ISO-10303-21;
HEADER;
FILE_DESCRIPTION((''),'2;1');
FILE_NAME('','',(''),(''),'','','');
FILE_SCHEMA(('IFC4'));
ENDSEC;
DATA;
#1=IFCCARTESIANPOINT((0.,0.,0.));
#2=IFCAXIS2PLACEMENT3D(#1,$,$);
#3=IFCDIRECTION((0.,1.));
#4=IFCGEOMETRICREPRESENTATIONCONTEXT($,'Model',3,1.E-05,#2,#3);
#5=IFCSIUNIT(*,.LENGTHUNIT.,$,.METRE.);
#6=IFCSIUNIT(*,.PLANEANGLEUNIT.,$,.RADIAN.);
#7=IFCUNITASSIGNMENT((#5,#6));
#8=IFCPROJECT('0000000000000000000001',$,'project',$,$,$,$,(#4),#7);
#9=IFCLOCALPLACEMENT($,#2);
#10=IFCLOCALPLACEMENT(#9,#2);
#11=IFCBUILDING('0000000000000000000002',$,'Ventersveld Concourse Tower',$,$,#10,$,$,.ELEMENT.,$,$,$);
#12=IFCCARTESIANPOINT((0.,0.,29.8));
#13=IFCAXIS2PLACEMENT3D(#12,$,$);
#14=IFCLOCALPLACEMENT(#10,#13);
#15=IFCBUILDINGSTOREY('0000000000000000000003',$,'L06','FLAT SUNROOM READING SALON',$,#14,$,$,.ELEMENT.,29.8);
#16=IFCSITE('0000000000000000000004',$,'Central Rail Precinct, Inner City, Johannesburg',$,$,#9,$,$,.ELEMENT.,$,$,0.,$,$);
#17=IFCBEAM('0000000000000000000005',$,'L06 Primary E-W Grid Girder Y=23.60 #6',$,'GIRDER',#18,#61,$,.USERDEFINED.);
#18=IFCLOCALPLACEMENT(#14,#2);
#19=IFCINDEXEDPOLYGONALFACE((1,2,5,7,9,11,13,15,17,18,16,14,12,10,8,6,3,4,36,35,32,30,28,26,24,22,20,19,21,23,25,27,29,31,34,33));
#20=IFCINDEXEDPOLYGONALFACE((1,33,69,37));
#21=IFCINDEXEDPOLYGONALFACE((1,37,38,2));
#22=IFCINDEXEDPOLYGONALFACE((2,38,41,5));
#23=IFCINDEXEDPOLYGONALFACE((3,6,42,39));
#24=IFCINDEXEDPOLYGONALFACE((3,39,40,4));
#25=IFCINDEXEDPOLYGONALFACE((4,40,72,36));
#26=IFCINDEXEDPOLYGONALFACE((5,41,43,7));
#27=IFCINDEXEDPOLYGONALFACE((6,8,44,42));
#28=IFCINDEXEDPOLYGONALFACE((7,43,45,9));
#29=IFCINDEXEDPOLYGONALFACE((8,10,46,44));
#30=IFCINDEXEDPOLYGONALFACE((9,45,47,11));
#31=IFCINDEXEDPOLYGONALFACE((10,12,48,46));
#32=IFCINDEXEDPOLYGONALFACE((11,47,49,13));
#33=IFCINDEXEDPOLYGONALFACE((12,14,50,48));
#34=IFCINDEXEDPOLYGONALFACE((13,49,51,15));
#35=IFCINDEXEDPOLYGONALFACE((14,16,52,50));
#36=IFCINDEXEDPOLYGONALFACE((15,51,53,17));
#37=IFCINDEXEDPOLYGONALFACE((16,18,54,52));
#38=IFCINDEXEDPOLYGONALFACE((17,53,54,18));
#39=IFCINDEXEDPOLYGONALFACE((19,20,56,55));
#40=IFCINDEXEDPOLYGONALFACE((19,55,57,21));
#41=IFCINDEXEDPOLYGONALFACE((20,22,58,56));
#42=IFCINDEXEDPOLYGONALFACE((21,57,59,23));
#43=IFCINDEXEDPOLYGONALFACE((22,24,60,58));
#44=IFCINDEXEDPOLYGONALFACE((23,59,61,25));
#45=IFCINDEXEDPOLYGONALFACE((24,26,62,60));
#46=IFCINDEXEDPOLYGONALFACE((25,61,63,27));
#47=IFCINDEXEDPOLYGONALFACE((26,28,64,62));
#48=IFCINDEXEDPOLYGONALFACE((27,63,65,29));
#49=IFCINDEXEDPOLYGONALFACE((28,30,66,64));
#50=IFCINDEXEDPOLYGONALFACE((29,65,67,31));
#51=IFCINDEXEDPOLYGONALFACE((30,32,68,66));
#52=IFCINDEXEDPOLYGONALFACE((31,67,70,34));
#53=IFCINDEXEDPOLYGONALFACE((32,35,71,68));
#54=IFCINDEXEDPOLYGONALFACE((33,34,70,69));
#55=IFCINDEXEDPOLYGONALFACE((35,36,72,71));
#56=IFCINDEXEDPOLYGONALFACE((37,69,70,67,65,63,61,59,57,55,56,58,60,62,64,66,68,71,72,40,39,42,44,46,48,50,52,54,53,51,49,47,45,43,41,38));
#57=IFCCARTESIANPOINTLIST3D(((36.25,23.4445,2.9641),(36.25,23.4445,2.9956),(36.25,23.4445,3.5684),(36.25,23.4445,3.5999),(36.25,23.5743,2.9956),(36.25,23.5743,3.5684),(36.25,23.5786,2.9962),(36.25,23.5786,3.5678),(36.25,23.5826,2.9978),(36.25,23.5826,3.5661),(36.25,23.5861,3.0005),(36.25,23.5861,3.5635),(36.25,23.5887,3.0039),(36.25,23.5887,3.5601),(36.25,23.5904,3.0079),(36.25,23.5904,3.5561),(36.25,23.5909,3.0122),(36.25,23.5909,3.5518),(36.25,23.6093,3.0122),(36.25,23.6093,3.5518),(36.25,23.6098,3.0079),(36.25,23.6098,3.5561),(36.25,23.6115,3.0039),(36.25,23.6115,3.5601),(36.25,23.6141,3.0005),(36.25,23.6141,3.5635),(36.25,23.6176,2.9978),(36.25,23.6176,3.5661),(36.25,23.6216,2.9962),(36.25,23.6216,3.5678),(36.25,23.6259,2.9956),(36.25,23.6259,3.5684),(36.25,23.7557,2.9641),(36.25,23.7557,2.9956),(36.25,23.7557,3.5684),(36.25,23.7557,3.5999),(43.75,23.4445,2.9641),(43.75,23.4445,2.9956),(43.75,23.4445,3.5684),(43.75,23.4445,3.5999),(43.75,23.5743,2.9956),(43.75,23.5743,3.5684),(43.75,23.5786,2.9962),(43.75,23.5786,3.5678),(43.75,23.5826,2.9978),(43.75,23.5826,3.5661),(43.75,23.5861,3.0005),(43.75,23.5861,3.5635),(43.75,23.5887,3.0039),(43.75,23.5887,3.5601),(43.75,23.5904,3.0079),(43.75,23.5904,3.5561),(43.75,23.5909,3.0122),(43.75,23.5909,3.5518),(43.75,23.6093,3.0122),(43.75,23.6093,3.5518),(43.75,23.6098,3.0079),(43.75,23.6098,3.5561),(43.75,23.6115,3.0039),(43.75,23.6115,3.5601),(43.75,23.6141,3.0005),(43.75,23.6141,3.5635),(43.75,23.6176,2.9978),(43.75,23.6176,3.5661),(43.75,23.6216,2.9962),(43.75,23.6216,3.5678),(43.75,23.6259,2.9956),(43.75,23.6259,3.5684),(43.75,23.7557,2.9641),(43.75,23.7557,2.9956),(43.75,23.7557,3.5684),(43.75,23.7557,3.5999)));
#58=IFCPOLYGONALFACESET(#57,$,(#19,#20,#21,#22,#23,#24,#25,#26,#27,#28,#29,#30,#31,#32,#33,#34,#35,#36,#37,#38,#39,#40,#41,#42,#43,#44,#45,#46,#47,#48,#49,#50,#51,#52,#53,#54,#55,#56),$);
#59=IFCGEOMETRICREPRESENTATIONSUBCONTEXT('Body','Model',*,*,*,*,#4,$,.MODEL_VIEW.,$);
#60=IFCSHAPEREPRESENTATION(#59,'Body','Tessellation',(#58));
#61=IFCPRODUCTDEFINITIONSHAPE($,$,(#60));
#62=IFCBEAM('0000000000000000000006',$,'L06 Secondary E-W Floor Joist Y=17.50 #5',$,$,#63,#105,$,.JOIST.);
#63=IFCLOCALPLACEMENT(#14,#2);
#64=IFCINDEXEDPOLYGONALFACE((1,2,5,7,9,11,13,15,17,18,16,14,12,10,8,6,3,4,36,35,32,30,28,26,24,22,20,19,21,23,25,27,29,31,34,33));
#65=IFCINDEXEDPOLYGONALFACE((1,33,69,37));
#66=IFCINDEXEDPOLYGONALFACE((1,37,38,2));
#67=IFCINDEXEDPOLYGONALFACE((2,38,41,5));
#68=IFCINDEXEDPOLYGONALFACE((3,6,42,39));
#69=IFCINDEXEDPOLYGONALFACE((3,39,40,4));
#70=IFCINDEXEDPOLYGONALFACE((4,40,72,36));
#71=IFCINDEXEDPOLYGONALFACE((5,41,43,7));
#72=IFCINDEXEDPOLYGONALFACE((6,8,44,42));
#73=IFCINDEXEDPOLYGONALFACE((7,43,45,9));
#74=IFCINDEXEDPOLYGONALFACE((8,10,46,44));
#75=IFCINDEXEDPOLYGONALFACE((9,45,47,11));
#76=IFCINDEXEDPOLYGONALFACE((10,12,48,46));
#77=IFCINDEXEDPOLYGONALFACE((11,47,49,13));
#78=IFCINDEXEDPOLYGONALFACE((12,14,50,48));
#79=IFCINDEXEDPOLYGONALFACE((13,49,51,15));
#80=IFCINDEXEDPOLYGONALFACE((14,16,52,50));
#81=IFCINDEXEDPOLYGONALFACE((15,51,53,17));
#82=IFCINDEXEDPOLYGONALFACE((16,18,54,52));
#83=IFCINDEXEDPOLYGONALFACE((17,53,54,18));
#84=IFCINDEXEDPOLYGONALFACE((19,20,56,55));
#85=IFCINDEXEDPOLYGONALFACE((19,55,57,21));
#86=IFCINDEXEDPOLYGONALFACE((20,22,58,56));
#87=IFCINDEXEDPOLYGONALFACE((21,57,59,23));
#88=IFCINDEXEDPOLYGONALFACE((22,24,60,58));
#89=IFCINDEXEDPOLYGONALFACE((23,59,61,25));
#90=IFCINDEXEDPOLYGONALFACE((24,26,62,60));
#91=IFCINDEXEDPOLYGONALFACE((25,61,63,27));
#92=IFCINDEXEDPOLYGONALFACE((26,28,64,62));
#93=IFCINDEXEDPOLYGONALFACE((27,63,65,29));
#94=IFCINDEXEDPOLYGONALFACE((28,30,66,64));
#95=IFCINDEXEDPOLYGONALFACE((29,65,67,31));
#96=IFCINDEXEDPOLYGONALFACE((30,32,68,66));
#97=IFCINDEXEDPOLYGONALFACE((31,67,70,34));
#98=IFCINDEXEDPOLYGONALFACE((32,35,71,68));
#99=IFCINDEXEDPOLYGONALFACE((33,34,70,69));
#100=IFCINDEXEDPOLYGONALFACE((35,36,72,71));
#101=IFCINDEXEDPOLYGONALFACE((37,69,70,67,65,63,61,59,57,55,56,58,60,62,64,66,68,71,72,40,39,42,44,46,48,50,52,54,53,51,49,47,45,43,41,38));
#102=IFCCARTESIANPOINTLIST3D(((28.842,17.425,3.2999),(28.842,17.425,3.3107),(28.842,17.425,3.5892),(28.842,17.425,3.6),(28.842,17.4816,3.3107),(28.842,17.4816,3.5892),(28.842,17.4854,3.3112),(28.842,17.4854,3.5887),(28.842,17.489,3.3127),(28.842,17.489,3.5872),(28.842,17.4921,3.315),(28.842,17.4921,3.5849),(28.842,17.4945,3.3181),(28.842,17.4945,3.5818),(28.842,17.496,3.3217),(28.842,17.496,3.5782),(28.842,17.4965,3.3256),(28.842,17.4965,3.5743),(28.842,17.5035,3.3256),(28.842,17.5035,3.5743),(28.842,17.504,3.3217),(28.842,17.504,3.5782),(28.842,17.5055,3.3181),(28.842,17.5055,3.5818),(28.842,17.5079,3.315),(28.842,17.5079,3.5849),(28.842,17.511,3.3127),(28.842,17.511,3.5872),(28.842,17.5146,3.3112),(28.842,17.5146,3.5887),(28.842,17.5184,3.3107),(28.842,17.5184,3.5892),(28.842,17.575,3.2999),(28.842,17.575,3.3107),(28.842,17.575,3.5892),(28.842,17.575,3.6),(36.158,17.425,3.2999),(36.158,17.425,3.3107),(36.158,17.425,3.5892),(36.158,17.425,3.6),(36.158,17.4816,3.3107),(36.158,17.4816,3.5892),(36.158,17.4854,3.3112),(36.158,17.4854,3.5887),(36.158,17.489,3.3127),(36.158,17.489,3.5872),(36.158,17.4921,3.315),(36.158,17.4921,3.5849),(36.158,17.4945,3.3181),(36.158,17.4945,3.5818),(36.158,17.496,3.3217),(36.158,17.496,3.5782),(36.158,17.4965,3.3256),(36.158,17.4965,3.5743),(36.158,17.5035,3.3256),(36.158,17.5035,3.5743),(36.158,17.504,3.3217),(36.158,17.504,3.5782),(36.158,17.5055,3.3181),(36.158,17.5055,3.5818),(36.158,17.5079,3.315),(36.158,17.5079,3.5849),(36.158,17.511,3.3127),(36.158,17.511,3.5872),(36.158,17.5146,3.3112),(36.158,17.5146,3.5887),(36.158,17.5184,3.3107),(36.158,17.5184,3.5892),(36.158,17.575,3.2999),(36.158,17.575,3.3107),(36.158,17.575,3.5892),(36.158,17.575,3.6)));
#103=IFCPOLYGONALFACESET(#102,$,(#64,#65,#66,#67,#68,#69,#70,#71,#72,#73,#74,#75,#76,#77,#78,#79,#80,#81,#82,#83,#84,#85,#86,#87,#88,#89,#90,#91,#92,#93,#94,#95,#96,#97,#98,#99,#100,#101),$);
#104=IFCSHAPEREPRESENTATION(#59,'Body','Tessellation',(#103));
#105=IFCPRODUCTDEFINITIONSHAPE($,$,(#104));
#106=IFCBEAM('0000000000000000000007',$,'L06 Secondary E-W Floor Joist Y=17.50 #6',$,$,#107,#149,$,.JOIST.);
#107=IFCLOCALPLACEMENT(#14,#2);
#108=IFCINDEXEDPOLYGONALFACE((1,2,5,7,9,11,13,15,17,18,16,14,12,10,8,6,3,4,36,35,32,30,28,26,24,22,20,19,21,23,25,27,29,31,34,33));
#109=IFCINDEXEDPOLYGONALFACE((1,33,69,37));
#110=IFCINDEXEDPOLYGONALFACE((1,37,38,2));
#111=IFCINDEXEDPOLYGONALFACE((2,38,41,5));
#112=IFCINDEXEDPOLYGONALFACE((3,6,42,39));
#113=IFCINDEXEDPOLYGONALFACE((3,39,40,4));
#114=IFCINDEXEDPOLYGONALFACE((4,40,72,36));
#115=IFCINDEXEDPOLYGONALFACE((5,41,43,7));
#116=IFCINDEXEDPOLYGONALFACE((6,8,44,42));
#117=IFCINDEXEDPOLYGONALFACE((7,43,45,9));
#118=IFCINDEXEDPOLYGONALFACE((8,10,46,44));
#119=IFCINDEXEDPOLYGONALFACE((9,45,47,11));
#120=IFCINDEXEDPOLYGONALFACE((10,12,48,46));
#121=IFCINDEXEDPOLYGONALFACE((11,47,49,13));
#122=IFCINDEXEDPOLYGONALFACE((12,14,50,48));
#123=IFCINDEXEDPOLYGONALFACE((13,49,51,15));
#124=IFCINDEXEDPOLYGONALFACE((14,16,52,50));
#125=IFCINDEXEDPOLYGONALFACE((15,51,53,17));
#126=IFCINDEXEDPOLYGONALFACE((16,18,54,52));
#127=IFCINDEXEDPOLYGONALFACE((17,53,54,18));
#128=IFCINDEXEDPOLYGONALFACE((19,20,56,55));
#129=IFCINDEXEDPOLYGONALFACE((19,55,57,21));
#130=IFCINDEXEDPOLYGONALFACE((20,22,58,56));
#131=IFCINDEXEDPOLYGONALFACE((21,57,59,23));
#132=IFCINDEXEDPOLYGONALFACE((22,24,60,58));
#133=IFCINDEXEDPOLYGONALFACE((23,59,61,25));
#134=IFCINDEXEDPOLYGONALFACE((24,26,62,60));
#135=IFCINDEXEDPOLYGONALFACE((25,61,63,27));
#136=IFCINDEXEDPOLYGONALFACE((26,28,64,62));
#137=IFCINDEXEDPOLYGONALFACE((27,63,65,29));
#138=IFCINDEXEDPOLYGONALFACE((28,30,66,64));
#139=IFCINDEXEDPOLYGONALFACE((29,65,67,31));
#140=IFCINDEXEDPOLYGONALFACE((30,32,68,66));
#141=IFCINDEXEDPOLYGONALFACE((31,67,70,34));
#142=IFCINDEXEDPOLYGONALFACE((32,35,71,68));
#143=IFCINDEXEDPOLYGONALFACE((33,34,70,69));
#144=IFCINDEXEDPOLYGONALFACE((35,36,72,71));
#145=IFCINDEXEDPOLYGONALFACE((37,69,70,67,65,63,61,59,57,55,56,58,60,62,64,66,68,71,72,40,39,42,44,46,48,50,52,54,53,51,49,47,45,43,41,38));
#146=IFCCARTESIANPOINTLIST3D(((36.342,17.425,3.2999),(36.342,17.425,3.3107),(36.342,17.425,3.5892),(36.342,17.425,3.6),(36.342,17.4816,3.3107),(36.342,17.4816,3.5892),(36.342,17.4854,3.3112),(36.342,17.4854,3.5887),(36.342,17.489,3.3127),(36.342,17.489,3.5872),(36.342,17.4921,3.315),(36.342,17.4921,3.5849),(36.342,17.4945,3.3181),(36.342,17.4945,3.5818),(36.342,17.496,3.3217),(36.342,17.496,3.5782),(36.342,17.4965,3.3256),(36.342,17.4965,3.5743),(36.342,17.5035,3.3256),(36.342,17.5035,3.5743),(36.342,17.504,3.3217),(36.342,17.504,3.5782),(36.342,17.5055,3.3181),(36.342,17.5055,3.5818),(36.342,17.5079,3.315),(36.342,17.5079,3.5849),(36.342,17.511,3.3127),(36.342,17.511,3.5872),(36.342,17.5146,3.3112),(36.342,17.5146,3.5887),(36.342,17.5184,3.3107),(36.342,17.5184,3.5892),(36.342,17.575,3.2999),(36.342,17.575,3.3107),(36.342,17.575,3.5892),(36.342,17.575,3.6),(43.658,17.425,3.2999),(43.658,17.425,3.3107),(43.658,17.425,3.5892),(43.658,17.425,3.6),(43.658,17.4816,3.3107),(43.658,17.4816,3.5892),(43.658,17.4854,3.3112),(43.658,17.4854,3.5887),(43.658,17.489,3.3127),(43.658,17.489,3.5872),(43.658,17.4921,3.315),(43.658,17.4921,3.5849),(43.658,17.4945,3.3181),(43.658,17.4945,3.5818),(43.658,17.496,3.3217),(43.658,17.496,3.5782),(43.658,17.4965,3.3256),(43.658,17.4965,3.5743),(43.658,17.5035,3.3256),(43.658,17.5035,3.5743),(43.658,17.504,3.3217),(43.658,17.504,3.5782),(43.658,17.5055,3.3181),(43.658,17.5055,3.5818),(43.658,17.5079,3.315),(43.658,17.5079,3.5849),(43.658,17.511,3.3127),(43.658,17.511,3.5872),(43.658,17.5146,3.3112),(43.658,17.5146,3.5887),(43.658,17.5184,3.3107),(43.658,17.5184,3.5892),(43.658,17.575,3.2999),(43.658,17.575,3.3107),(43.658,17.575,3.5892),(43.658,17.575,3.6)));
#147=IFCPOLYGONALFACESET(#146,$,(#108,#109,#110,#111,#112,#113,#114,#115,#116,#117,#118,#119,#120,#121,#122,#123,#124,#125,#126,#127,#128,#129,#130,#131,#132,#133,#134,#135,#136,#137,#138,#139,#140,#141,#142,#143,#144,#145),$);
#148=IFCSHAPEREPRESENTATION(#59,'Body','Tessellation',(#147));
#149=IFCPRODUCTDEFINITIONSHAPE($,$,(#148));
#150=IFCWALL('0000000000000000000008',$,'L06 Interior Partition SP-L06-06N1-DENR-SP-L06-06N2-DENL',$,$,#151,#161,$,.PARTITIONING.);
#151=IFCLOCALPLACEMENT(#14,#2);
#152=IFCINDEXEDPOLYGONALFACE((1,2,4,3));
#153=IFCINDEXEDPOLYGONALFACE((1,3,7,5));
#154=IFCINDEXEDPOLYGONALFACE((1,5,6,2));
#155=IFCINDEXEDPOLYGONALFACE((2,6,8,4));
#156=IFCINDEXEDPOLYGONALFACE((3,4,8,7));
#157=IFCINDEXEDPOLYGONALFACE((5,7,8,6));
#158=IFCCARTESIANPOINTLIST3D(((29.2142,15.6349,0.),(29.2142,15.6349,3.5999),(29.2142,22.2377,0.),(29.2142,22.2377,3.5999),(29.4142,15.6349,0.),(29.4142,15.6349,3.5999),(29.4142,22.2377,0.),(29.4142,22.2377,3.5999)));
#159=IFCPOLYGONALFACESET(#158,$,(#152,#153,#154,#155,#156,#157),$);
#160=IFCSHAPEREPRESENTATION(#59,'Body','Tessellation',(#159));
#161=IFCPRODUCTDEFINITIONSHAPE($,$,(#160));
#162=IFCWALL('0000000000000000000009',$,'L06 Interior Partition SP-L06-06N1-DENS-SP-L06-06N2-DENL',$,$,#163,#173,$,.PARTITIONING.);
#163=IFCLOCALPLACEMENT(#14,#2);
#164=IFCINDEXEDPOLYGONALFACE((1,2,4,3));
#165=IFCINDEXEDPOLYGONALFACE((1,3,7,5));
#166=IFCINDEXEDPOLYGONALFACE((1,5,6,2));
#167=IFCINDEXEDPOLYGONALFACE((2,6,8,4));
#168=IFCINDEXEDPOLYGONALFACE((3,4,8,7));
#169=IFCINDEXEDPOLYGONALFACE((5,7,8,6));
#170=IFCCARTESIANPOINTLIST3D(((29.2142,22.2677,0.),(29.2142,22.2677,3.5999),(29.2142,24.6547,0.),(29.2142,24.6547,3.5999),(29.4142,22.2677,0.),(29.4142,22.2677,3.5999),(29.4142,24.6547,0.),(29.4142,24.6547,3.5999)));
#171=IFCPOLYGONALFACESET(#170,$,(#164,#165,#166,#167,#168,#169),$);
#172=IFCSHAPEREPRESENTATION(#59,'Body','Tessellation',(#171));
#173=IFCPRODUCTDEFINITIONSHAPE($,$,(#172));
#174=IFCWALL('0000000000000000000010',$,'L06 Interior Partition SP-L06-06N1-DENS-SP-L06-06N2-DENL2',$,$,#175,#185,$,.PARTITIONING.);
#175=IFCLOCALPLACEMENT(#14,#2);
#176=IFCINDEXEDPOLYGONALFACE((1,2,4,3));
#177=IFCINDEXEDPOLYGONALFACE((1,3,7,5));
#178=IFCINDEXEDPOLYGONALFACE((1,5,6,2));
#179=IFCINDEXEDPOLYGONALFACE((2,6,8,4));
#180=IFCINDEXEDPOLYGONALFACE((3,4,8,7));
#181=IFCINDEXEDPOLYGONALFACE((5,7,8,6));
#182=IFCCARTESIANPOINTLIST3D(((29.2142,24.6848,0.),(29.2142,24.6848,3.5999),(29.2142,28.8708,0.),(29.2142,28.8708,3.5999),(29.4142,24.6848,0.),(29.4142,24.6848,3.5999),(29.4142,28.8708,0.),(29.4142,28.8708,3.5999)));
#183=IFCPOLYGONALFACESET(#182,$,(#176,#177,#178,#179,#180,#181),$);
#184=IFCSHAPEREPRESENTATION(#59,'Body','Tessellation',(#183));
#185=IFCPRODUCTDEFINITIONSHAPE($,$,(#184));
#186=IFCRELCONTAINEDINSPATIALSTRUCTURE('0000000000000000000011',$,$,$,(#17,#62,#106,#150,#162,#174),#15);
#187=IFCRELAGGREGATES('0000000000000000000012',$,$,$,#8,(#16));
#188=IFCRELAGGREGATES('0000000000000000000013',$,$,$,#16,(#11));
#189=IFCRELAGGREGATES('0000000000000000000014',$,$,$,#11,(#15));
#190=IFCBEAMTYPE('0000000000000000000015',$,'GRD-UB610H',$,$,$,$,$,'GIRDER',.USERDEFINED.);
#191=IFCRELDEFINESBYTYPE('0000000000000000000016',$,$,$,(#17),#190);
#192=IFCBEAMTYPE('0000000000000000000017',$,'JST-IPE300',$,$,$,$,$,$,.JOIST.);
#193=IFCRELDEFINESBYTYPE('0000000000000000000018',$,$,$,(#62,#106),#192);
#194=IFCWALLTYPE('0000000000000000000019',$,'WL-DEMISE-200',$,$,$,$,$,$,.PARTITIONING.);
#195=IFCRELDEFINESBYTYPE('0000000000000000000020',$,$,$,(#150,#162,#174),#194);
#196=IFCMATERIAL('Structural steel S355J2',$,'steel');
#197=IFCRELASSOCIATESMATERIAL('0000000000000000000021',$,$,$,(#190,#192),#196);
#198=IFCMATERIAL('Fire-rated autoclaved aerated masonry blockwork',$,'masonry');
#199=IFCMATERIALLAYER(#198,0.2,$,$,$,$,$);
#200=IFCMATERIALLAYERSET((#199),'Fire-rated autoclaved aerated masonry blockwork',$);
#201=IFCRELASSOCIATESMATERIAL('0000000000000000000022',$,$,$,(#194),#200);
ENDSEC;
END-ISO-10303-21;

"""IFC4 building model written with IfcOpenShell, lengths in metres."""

from ifc_helpers import new_model, si_unit, direction, frame, frame_2d, origin, origin_2d, place, context, subcontext, project, spatial, rectangle, i_section, extrude, material, layer, layer_set, material_profile, profile_set, type_object, element, save


model = new_model("IFC4")

# Units and contexts
model_context = context("Model", 3, precision=1e-05, world=origin(), true_north=direction((0.0, 1.0)))
body_context = subcontext(model_context, "Body", "Model", "MODEL_VIEW")
ifc_project = project(units=[si_unit("LENGTHUNIT", "METRE"), si_unit("PLANEANGLEUNIT", "RADIAN")], contexts=[model_context])

# Site, building, storey
site_placement = place(None, origin())
site = spatial("IfcSite", under=ifc_project, at=site_placement, Name="Central Rail Precinct, Inner City, Johannesburg", CompositionType="ELEMENT", RefElevation=0.0)
building_placement = place(site_placement, origin())
building = spatial("IfcBuilding", under=site, at=building_placement, Name="Ventersveld Concourse Tower", CompositionType="ELEMENT")
storey_placement = place(building_placement, frame((0.0, 0.0, 29.8)))
storey = spatial("IfcBuildingStorey", under=building, at=storey_placement, Name="L06", Description="FLAT SUNROOM READING SALON", CompositionType="ELEMENT", Elevation=29.8)

# Beams
ifc_material_1 = material(Name="Structural steel S355J2", Category="steel")
ifc_material_profile_1 = material_profile(ifc_material_1, i_section(OverallWidth=0.3113, OverallDepth=0.6357, WebThickness=0.0183, FlangeThickness=0.0315, FilletRadius=0.0166, at=origin_2d()), Name="UB 610x305x238")
ifc_profile_set_1 = profile_set([ifc_material_profile_1], Name="Structural steel S355J2")
beam_type_1 = type_object("IfcBeamType", Name="GRD-UB610H", ElementType="GIRDER", PredefinedType="USERDEFINED", material=ifc_profile_set_1)
for number, where, z_axis, x_axis, name in (
    (1, (36.25, 23.6001, 3.282), (1.0, 0.0, 0.0), (0.0, 1.0, 0.0), "L06 Primary E-W Grid Girder Y=23.60 #6"),
):
    element("IfcBeam", number, at=place(storey_placement, frame(where, z_axis=z_axis, x_axis=x_axis)), inside=storey, type_object=beam_type_1, Name=name, ObjectType="GIRDER", PredefinedType="USERDEFINED", context=body_context, shape_type="SweptSolid", body=[
        extrude(i_section(OverallWidth=0.3113, OverallDepth=0.6357, WebThickness=0.0183, FlangeThickness=0.0315, FilletRadius=0.0166, at=origin_2d()), origin(), (0.0, 0.0, 1.0), 7.5),
    ])
ifc_material_profile_2 = material_profile(ifc_material_1, i_section(OverallWidth=0.1499, OverallDepth=0.3, WebThickness=0.0071, FlangeThickness=0.0107, FilletRadius=0.0149, at=origin_2d()), Name="IPE 300")
ifc_profile_set_2 = profile_set([ifc_material_profile_2], Name="Structural steel S355J2")
beam_type_2 = type_object("IfcBeamType", Name="JST-IPE300", PredefinedType="JOIST", material=ifc_profile_set_2)
for number, where, z_axis, x_axis, name in (
    (2, (28.842, 17.5, 3.45), (1.0, 0.0, 0.0), (0.0, 1.0, 0.0), "L06 Secondary E-W Floor Joist Y=17.50 #5"),
    (3, (36.342, 17.5, 3.45), (1.0, 0.0, 0.0), (0.0, 1.0, 0.0), "L06 Secondary E-W Floor Joist Y=17.50 #6"),
):
    element("IfcBeam", number, at=place(storey_placement, frame(where, z_axis=z_axis, x_axis=x_axis)), inside=storey, type_object=beam_type_2, Name=name, PredefinedType="JOIST", context=body_context, shape_type="SweptSolid", body=[
        extrude(i_section(OverallWidth=0.1499, OverallDepth=0.3, WebThickness=0.0071, FlangeThickness=0.0107, FilletRadius=0.0149, at=origin_2d()), origin(), (0.0, 0.0, 1.0), 7.3159),
    ])

# Walls
ifc_material_2 = material(Name="Fire-rated autoclaved aerated masonry blockwork", Category="masonry")
ifc_layer_1 = layer(ifc_material_2, 0.2)
ifc_layer_set_1 = layer_set([ifc_layer_1], Name="Fire-rated autoclaved aerated masonry blockwork")
wall_type_1 = type_object("IfcWallType", Name="WL-DEMISE-200", PredefinedType="PARTITIONING", material=ifc_layer_set_1)
wall_1_placement = place(storey_placement, frame((29.3142, 15.635, 0.0), z_axis=(0.0, 0.0, 1.0), x_axis=(0.0, 1.0, 0.0)))
element("IfcWall", 4, at=wall_1_placement, inside=storey, type_object=wall_type_1, Name="L06 Interior Partition SP-L06-06N1-DENR-SP-L06-06N2-DENL", PredefinedType="PARTITIONING", context=body_context, shape_type="SweptSolid", body=[
    extrude(rectangle(XDim=6.6028, YDim=0.2, at=frame_2d((3.3013, 0.0))), origin(), (0.0, 0.0, 1.0), 3.5999),
])
wall_2_placement = place(storey_placement, frame((29.3142, 22.2678, 0.0), z_axis=(0.0, 0.0, 1.0), x_axis=(0.0, 1.0, 0.0)))
element("IfcWall", 5, at=wall_2_placement, inside=storey, type_object=wall_type_1, Name="L06 Interior Partition SP-L06-06N1-DENS-SP-L06-06N2-DENL", PredefinedType="PARTITIONING", context=body_context, shape_type="SweptSolid", body=[
    extrude(rectangle(XDim=2.387, YDim=0.2, at=frame_2d((1.1934, 0.0))), origin(), (0.0, 0.0, 1.0), 3.5999),
])
wall_3_placement = place(storey_placement, frame((29.3142, 24.6848, 0.0), z_axis=(0.0, 0.0, 1.0), x_axis=(0.0, 1.0, 0.0)))
element("IfcWall", 6, at=wall_3_placement, inside=storey, type_object=wall_type_1, Name="L06 Interior Partition SP-L06-06N1-DENS-SP-L06-06N2-DENL2", PredefinedType="PARTITIONING", context=body_context, shape_type="SweptSolid", body=[
    extrude(rectangle(XDim=4.186, YDim=0.2, at=frame_2d((2.093, 0.0))), origin(), (0.0, 0.0, 1.0), 3.5999),
])

save(model, "model.ifc")
